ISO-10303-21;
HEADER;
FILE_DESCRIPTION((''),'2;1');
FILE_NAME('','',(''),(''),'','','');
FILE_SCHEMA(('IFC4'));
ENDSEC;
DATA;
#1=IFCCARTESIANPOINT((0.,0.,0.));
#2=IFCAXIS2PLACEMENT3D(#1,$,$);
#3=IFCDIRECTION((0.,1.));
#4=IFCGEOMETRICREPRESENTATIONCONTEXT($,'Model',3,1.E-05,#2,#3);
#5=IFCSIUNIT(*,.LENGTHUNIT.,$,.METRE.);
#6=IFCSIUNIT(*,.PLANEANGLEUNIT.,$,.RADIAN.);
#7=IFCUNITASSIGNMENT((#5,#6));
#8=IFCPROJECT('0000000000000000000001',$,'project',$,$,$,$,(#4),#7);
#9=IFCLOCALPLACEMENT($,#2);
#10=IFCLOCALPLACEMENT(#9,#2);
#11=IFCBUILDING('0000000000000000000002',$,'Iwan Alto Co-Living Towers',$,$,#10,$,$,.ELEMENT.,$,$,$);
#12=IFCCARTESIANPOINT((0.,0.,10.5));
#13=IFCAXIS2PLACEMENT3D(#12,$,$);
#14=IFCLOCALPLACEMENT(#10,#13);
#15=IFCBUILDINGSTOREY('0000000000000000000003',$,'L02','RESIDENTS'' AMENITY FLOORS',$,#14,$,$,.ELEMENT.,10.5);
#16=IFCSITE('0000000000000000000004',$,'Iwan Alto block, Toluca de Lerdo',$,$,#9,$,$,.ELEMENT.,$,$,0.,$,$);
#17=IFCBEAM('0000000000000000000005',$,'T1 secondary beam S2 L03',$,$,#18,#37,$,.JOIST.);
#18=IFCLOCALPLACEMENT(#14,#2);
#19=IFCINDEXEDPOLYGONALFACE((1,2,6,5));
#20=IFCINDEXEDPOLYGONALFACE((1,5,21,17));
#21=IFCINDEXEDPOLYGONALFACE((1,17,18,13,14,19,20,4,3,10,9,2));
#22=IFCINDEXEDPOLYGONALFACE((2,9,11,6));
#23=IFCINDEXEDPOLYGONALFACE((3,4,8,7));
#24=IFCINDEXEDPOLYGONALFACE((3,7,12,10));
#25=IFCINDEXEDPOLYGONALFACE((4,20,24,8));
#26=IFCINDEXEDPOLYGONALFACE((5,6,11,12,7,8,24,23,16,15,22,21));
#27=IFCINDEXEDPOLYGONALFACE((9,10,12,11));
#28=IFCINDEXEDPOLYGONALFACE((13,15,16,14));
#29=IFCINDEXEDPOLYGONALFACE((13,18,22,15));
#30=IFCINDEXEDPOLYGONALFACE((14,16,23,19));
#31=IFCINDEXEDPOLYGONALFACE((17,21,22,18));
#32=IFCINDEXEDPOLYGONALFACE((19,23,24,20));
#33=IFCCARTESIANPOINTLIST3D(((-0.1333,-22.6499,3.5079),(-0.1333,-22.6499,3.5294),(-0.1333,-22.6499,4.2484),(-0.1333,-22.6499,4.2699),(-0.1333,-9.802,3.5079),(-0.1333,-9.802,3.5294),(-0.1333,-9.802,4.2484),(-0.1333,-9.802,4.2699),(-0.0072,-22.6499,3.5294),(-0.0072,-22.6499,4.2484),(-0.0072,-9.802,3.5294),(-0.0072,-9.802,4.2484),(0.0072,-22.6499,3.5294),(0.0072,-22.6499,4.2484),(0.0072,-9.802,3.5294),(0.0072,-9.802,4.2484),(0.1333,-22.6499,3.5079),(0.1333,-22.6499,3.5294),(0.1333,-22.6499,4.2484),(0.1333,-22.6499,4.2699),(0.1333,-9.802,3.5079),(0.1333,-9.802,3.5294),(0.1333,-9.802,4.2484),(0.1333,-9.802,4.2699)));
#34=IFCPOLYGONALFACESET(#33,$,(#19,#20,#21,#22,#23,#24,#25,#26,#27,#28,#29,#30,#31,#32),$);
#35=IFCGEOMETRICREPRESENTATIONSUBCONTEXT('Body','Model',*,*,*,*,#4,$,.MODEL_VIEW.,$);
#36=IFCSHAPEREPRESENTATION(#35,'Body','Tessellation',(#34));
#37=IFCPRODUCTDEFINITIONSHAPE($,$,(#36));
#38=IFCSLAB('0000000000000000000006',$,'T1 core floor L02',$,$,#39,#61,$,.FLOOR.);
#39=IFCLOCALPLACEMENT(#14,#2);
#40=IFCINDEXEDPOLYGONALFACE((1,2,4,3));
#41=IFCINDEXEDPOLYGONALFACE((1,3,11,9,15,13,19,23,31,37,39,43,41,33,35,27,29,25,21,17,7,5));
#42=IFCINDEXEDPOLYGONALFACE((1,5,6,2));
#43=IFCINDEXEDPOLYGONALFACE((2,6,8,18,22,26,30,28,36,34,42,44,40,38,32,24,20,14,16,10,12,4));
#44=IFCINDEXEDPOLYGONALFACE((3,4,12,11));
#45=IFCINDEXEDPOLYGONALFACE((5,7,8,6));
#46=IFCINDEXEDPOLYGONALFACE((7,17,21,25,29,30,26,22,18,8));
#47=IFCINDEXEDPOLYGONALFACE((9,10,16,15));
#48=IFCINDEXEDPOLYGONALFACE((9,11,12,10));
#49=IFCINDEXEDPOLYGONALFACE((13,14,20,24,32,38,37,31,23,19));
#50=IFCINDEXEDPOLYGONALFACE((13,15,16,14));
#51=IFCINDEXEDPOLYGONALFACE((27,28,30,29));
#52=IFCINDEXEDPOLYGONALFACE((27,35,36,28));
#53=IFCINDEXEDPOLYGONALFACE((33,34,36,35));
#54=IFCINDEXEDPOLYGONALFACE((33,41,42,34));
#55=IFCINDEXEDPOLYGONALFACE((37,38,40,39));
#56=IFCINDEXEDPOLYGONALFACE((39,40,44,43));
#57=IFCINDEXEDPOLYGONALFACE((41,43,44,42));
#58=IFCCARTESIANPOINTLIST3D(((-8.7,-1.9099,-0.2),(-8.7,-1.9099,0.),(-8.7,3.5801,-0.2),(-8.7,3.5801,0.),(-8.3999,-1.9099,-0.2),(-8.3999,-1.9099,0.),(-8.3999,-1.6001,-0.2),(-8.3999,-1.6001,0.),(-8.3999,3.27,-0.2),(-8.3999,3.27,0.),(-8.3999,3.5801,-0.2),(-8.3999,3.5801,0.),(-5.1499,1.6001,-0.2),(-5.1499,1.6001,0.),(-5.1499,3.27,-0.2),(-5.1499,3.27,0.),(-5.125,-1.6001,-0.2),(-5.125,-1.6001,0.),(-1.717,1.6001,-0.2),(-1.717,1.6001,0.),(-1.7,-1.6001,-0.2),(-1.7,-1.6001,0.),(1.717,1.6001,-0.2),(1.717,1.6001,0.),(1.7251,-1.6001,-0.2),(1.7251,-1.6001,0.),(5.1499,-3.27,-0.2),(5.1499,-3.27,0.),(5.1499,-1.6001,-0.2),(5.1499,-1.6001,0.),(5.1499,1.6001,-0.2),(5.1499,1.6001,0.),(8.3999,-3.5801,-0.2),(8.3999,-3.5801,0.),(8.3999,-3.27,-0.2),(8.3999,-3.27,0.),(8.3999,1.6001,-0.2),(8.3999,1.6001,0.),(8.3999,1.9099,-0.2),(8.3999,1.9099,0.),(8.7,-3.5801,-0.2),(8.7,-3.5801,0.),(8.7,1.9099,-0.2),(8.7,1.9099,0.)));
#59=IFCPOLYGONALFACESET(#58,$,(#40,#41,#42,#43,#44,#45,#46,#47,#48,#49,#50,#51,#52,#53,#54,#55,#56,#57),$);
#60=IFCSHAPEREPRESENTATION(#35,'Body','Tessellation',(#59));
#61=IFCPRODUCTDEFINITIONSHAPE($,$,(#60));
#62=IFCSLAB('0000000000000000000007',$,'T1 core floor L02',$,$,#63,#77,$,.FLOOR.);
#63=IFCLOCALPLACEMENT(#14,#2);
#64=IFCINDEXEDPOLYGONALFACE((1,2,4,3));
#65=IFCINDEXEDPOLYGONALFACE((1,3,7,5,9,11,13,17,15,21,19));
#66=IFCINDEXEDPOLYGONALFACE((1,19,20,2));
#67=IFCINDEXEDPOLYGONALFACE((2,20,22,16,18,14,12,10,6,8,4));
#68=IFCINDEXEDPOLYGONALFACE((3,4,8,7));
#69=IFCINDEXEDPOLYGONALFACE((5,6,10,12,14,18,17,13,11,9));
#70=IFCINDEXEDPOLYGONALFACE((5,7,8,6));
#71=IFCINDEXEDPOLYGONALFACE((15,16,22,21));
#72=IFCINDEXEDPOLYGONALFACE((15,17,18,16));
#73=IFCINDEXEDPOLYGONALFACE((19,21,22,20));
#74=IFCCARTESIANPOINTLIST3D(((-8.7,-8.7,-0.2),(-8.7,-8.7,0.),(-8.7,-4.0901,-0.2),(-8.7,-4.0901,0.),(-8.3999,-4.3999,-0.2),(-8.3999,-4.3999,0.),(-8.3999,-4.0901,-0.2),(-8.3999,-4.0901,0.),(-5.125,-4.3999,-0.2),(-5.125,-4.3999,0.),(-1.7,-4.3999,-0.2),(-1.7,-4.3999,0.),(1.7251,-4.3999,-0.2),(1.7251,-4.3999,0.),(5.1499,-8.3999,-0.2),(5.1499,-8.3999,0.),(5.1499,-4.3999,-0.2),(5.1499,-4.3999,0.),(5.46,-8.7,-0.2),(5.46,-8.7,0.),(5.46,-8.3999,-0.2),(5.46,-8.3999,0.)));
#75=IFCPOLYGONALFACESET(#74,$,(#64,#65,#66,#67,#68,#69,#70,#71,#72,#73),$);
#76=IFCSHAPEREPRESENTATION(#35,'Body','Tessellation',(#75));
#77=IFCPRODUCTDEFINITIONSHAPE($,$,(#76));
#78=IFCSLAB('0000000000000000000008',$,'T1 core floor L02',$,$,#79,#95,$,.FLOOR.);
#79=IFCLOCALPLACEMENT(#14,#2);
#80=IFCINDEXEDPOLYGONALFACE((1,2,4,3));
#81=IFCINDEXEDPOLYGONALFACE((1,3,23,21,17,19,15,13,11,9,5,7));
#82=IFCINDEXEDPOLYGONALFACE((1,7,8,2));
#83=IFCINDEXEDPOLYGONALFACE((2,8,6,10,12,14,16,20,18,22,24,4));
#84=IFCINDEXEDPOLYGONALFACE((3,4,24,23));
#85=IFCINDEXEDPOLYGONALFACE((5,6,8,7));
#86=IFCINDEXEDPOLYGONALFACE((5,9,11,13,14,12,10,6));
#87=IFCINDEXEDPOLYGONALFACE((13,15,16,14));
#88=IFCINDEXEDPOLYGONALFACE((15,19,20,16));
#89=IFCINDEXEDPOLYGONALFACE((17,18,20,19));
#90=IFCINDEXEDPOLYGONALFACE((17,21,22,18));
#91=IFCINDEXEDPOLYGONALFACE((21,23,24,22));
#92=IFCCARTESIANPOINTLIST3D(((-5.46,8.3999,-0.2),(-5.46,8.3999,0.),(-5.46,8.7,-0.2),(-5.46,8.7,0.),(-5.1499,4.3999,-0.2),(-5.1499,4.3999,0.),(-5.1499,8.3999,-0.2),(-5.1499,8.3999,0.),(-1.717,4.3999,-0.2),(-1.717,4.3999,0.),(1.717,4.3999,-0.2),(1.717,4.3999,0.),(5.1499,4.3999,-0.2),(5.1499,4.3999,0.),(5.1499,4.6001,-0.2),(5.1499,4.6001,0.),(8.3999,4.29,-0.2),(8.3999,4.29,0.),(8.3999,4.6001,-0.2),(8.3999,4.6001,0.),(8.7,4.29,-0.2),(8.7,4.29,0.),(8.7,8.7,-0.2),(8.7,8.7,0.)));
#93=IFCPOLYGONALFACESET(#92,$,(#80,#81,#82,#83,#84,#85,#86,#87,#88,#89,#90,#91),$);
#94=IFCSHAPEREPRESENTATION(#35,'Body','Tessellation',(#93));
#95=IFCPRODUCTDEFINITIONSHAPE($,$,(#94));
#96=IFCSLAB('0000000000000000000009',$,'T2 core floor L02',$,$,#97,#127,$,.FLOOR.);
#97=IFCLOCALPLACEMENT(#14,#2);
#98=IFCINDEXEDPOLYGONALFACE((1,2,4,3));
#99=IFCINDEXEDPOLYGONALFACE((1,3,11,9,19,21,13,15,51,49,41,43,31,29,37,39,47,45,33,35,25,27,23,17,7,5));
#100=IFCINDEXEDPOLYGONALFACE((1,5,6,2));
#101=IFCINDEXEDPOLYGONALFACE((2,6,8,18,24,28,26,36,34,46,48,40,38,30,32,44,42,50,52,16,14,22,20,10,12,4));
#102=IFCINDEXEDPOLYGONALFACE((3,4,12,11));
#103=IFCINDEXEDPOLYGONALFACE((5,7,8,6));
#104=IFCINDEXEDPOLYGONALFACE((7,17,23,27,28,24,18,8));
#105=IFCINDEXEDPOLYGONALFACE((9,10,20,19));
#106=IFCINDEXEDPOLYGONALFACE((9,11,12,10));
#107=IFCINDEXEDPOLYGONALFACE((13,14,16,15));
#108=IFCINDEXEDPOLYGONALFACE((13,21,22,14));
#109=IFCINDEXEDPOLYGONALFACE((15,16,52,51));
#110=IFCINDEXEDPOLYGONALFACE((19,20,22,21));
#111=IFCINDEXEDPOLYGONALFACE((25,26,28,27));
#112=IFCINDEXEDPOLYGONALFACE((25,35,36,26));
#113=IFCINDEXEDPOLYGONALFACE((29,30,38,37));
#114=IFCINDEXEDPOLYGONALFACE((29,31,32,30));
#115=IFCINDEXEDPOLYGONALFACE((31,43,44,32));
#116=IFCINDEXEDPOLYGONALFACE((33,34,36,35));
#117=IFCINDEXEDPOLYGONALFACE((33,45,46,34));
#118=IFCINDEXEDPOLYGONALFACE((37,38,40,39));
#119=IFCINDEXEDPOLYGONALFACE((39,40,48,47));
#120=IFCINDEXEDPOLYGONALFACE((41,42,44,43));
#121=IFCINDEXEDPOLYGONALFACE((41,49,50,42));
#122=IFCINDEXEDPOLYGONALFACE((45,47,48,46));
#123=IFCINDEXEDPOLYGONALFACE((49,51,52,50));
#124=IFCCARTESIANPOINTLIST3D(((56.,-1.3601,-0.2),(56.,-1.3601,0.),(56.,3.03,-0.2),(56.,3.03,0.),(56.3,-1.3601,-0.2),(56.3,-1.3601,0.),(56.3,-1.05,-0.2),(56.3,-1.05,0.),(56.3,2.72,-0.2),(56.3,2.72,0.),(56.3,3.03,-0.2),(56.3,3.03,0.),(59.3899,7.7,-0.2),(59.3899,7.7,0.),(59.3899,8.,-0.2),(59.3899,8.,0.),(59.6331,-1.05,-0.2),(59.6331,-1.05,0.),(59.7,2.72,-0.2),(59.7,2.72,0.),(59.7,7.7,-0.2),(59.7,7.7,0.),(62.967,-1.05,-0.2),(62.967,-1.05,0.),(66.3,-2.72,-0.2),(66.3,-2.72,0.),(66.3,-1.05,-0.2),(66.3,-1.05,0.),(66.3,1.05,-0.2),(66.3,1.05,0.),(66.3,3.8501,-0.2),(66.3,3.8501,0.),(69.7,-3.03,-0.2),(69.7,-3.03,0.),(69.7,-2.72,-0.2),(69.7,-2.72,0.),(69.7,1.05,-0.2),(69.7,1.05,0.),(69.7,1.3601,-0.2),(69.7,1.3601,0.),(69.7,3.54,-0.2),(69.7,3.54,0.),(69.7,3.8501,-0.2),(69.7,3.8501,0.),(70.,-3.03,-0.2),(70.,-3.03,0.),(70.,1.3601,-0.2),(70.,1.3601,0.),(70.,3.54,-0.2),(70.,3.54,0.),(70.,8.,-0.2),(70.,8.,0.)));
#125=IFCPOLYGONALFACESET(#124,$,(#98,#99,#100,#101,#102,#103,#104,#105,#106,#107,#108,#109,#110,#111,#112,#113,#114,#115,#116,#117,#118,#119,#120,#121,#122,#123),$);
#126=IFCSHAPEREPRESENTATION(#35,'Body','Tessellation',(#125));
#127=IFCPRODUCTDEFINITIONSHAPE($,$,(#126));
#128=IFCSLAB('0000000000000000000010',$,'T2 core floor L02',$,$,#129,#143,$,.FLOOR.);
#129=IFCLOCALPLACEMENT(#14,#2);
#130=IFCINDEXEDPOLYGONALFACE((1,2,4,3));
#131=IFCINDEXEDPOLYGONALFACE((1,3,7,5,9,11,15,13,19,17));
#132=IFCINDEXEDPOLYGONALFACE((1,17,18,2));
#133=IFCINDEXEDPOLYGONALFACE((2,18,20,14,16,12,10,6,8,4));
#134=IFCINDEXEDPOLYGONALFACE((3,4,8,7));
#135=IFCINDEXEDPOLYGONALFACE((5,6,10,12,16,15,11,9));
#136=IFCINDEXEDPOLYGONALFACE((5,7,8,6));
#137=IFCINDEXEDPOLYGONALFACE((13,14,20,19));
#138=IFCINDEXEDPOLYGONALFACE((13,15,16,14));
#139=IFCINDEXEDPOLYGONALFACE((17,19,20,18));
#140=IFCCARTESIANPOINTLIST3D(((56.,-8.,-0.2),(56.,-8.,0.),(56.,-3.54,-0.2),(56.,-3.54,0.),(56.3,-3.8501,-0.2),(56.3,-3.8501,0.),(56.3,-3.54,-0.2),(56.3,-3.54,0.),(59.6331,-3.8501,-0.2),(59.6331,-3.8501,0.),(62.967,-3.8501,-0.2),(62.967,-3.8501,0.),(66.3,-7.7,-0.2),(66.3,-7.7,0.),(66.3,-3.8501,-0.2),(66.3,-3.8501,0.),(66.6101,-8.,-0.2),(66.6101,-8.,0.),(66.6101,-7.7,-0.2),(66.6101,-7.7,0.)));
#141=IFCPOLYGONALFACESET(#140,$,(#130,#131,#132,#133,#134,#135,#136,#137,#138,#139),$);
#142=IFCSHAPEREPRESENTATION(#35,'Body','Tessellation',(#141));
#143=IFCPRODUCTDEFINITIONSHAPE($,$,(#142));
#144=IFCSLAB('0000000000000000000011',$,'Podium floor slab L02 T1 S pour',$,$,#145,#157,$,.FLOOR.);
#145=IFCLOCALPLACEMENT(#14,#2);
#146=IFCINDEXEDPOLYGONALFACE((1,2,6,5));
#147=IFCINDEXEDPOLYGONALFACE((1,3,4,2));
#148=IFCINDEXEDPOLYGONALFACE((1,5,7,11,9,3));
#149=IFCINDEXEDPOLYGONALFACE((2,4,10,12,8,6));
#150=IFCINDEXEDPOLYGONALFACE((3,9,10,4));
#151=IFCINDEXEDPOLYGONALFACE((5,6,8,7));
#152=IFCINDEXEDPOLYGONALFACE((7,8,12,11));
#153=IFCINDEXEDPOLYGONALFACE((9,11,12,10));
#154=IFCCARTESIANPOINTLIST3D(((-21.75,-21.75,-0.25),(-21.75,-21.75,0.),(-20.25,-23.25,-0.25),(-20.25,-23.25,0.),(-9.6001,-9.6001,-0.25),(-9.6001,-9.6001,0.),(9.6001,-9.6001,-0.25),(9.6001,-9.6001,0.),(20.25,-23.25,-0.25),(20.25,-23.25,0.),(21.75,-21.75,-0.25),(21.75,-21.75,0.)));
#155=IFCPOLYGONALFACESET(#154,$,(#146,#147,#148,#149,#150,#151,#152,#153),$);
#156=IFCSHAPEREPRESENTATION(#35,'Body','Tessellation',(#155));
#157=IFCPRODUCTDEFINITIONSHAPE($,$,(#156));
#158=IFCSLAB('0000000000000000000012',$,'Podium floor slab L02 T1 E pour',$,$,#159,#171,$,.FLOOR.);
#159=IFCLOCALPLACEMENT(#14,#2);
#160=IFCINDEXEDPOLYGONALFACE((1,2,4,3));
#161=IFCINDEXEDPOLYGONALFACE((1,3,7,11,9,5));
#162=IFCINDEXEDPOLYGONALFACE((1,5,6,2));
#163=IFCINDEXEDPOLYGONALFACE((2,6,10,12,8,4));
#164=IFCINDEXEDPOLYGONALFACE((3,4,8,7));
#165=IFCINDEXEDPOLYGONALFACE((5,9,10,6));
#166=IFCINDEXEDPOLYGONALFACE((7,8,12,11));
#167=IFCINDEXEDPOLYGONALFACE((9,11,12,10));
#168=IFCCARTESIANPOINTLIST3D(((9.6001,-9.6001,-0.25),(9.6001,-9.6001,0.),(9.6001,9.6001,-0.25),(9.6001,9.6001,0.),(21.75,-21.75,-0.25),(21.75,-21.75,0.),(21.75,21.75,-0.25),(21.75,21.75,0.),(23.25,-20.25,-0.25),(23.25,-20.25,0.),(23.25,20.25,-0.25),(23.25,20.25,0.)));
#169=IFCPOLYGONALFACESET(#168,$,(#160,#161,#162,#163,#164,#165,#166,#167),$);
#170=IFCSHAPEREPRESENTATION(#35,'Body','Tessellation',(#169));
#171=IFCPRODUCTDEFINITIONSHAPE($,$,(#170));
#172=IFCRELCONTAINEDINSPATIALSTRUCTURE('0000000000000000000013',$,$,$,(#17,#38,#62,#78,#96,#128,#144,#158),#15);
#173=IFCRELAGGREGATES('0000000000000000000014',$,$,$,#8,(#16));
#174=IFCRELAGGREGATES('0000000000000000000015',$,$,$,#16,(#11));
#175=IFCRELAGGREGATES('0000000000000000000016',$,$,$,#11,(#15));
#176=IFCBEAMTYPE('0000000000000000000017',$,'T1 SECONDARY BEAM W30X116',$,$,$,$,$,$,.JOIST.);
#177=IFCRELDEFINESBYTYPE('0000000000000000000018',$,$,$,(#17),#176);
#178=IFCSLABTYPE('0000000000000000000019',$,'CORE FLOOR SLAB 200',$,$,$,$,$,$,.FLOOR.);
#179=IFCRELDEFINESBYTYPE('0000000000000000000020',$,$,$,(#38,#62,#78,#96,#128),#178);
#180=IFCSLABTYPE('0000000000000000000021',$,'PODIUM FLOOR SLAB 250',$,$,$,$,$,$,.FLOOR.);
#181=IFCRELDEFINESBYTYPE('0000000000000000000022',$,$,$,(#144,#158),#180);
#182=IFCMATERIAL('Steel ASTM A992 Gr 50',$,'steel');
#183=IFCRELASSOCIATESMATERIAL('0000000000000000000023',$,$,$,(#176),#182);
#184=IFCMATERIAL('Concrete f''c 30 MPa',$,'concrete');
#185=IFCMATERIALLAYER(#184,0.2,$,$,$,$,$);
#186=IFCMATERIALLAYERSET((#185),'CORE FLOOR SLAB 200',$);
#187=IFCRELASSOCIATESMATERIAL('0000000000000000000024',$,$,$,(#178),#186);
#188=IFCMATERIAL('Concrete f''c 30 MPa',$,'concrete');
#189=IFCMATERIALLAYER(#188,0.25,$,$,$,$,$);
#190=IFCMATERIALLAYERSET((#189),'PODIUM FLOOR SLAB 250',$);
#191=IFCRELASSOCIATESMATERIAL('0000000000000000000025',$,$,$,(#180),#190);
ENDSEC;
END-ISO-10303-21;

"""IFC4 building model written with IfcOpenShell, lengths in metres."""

from ifc_helpers import new_model, si_unit, direction, frame, origin, origin_2d, place, context, subcontext, project, spatial, polyline, i_section, outline, extrude, material, layer, layer_set, material_profile, profile_set, type_object, element, save


model = new_model("IFC4")

# Units and contexts
model_context = context("Model", 3, precision=1e-05, world=origin(), true_north=direction((0.0, 1.0)))
body_context = subcontext(model_context, "Body", "Model", "MODEL_VIEW")
ifc_project = project(units=[si_unit("LENGTHUNIT", "METRE"), si_unit("PLANEANGLEUNIT", "RADIAN")], contexts=[model_context])

# Site, building, storey
site_placement = place(None, origin())
site = spatial("IfcSite", under=ifc_project, at=site_placement, Name="Iwan Alto block, Toluca de Lerdo", CompositionType="ELEMENT", RefElevation=0.0)
building_placement = place(site_placement, origin())
building = spatial("IfcBuilding", under=site, at=building_placement, Name="Iwan Alto Co-Living Towers", CompositionType="ELEMENT")
storey_placement = place(building_placement, frame((0.0, 0.0, 10.5)))
storey = spatial("IfcBuildingStorey", under=building, at=storey_placement, Name="L02", Description="RESIDENTS' AMENITY FLOORS", CompositionType="ELEMENT", Elevation=10.5)

# Beam
ifc_material_1 = material(Name="Steel ASTM A992 Gr 50", Category="steel")
ifc_material_profile = material_profile(ifc_material_1, i_section(OverallWidth=0.2666, OverallDepth=0.762, WebThickness=0.0144, FlangeThickness=0.0215, at=origin_2d()), Name="W30X116")
ifc_profile_set = profile_set([ifc_material_profile], Name="Steel ASTM A992 Gr 50")
beam_type = type_object("IfcBeamType", Name="T1 SECONDARY BEAM W30X116", PredefinedType="JOIST", material=ifc_profile_set)
beam_placement = place(storey_placement, frame((0.0, -22.6499, 3.8889), z_axis=(0.0, 1.0, 0.0), x_axis=(-1.0, 0.0, 0.0)))
element("IfcBeam", 1, at=beam_placement, inside=storey, type_object=beam_type, Name="T1 secondary beam S2 L03", PredefinedType="JOIST", context=body_context, shape_type="SweptSolid", body=[
    extrude(i_section(OverallWidth=0.2666, OverallDepth=0.762, WebThickness=0.0144, FlangeThickness=0.0215, at=origin_2d()), origin(), (0.0, 0.0, 1.0), 12.8479),
])

# Slabs
ifc_material_2 = material(Name="Concrete f'c 30 MPa", Category="concrete")
ifc_layer_1 = layer(ifc_material_2, 0.2)
ifc_layer_set_1 = layer_set([ifc_layer_1], Name="CORE FLOOR SLAB 200")
slab_type_1 = type_object("IfcSlabType", Name="CORE FLOOR SLAB 200", PredefinedType="FLOOR", material=ifc_layer_set_1)
slab_1_placement = place(storey_placement, frame((0.0, 0.0, -0.2)))
element("IfcSlab", 2, at=slab_1_placement, inside=storey, type_object=slab_type_1, Name="T1 core floor L02", PredefinedType="FLOOR", context=body_context, shape_type="SweptSolid", body=[
    extrude(outline(polyline([(8.7, -3.5801), (8.3999, -3.5801), (8.3999, -3.27), (5.1499, -3.27), (5.1499, -1.6001), (1.7251, -1.6001), (-1.7, -1.6001), (-5.125, -1.6001), (-8.3999, -1.6001), (-8.3999, -1.9099), (-8.7, -1.9099), (-8.7, 3.5801), (-8.3999, 3.5801), (-8.3999, 3.27), (-5.1499, 3.27), (-5.1499, 1.6001), (-1.717, 1.6001), (1.717, 1.6001), (5.1499, 1.6001), (8.3999, 1.6001), (8.3999, 1.9099), (8.7, 1.9099), (8.7, -3.5801)])), origin(), (0.0, 0.0, 1.0), 0.2),
])
slab_2_placement = place(storey_placement, frame((0.0, 0.0, -0.2)))
element("IfcSlab", 3, at=slab_2_placement, inside=storey, type_object=slab_type_1, Name="T1 core floor L02", PredefinedType="FLOOR", context=body_context, shape_type="SweptSolid", body=[
    extrude(outline(polyline([(-1.7, -4.3999), (1.7251, -4.3999), (5.1499, -4.3999), (5.1499, -8.3999), (5.46, -8.3999), (5.46, -8.7), (-8.7, -8.7), (-8.7, -4.0901), (-8.3999, -4.0901), (-8.3999, -4.3999), (-5.125, -4.3999), (-1.7, -4.3999)])), origin(), (0.0, 0.0, 1.0), 0.2),
])
slab_3_placement = place(storey_placement, frame((0.0, 0.0, -0.2)))
element("IfcSlab", 4, at=slab_3_placement, inside=storey, type_object=slab_type_1, Name="T1 core floor L02", PredefinedType="FLOOR", context=body_context, shape_type="SweptSolid", body=[
    extrude(outline(polyline([(1.717, 4.3999), (-1.717, 4.3999), (-5.1499, 4.3999), (-5.1499, 8.3999), (-5.46, 8.3999), (-5.46, 8.7), (8.7, 8.7), (8.7, 4.29), (8.3999, 4.29), (8.3999, 4.6001), (5.1499, 4.6001), (5.1499, 4.3999), (1.717, 4.3999)])), origin(), (0.0, 0.0, 1.0), 0.2),
])
slab_4_placement = place(storey_placement, frame((0.0, 0.0, -0.2)))
element("IfcSlab", 5, at=slab_4_placement, inside=storey, type_object=slab_type_1, Name="T2 core floor L02", PredefinedType="FLOOR", context=body_context, shape_type="SweptSolid", body=[
    extrude(outline(polyline([(70.0, -3.03), (69.7, -3.03), (69.7, -2.72), (66.3, -2.72), (66.3, -1.05), (62.967, -1.05), (59.6331, -1.05), (56.3, -1.05), (56.3, -1.3601), (56.0, -1.3601), (56.0, 3.03), (56.3, 3.03), (56.3, 2.72), (59.7, 2.72), (59.7, 7.7), (59.3899, 7.7), (59.3899, 8.0), (70.0, 8.0), (70.0, 3.54), (69.7, 3.54), (69.7, 3.8501), (66.3, 3.8501), (66.3, 1.05), (69.7, 1.05), (69.7, 1.3601), (70.0, 1.3601), (70.0, -3.03)])), origin(), (0.0, 0.0, 1.0), 0.2),
])
slab_5_placement = place(storey_placement, frame((0.0, 0.0, -0.2)))
element("IfcSlab", 6, at=slab_5_placement, inside=storey, type_object=slab_type_1, Name="T2 core floor L02", PredefinedType="FLOOR", context=body_context, shape_type="SweptSolid", body=[
    extrude(outline(polyline([(62.967, -3.8501), (66.3, -3.8501), (66.3, -7.7), (66.6101, -7.7), (66.6101, -8.0), (56.0, -8.0), (56.0, -3.54), (56.3, -3.54), (56.3, -3.8501), (59.6331, -3.8501), (62.967, -3.8501)])), origin(), (0.0, 0.0, 1.0), 0.2),
])
ifc_material_3 = material(Name="Concrete f'c 30 MPa", Category="concrete")
ifc_layer_2 = layer(ifc_material_3, 0.25)
ifc_layer_set_2 = layer_set([ifc_layer_2], Name="PODIUM FLOOR SLAB 250")
slab_type_2 = type_object("IfcSlabType", Name="PODIUM FLOOR SLAB 250", PredefinedType="FLOOR", material=ifc_layer_set_2)
slab_6_placement = place(storey_placement, frame((0.0, 0.0, -0.25)))
element("IfcSlab", 7, at=slab_6_placement, inside=storey, type_object=slab_type_2, Name="Podium floor slab L02 T1 S pour", PredefinedType="FLOOR", context=body_context, shape_type="SweptSolid", body=[
    extrude(outline(polyline([(20.25, -23.25), (-20.25, -23.25), (-21.75, -21.75), (-9.6001, -9.6001), (9.6001, -9.6001), (21.75, -21.75), (20.25, -23.25)])), origin(), (0.0, 0.0, 1.0), 0.25),
])
slab_7_placement = place(storey_placement, frame((0.0, 0.0, -0.25)))
element("IfcSlab", 8, at=slab_7_placement, inside=storey, type_object=slab_type_2, Name="Podium floor slab L02 T1 E pour", PredefinedType="FLOOR", context=body_context, shape_type="SweptSolid", body=[
    extrude(outline(polyline([(23.25, 20.25), (23.25, -20.25), (21.75, -21.75), (9.6001, -9.6001), (9.6001, 9.6001), (21.75, 21.75), (23.25, 20.25)])), origin(), (0.0, 0.0, 1.0), 0.25),
])

save(model, "model.ifc")
